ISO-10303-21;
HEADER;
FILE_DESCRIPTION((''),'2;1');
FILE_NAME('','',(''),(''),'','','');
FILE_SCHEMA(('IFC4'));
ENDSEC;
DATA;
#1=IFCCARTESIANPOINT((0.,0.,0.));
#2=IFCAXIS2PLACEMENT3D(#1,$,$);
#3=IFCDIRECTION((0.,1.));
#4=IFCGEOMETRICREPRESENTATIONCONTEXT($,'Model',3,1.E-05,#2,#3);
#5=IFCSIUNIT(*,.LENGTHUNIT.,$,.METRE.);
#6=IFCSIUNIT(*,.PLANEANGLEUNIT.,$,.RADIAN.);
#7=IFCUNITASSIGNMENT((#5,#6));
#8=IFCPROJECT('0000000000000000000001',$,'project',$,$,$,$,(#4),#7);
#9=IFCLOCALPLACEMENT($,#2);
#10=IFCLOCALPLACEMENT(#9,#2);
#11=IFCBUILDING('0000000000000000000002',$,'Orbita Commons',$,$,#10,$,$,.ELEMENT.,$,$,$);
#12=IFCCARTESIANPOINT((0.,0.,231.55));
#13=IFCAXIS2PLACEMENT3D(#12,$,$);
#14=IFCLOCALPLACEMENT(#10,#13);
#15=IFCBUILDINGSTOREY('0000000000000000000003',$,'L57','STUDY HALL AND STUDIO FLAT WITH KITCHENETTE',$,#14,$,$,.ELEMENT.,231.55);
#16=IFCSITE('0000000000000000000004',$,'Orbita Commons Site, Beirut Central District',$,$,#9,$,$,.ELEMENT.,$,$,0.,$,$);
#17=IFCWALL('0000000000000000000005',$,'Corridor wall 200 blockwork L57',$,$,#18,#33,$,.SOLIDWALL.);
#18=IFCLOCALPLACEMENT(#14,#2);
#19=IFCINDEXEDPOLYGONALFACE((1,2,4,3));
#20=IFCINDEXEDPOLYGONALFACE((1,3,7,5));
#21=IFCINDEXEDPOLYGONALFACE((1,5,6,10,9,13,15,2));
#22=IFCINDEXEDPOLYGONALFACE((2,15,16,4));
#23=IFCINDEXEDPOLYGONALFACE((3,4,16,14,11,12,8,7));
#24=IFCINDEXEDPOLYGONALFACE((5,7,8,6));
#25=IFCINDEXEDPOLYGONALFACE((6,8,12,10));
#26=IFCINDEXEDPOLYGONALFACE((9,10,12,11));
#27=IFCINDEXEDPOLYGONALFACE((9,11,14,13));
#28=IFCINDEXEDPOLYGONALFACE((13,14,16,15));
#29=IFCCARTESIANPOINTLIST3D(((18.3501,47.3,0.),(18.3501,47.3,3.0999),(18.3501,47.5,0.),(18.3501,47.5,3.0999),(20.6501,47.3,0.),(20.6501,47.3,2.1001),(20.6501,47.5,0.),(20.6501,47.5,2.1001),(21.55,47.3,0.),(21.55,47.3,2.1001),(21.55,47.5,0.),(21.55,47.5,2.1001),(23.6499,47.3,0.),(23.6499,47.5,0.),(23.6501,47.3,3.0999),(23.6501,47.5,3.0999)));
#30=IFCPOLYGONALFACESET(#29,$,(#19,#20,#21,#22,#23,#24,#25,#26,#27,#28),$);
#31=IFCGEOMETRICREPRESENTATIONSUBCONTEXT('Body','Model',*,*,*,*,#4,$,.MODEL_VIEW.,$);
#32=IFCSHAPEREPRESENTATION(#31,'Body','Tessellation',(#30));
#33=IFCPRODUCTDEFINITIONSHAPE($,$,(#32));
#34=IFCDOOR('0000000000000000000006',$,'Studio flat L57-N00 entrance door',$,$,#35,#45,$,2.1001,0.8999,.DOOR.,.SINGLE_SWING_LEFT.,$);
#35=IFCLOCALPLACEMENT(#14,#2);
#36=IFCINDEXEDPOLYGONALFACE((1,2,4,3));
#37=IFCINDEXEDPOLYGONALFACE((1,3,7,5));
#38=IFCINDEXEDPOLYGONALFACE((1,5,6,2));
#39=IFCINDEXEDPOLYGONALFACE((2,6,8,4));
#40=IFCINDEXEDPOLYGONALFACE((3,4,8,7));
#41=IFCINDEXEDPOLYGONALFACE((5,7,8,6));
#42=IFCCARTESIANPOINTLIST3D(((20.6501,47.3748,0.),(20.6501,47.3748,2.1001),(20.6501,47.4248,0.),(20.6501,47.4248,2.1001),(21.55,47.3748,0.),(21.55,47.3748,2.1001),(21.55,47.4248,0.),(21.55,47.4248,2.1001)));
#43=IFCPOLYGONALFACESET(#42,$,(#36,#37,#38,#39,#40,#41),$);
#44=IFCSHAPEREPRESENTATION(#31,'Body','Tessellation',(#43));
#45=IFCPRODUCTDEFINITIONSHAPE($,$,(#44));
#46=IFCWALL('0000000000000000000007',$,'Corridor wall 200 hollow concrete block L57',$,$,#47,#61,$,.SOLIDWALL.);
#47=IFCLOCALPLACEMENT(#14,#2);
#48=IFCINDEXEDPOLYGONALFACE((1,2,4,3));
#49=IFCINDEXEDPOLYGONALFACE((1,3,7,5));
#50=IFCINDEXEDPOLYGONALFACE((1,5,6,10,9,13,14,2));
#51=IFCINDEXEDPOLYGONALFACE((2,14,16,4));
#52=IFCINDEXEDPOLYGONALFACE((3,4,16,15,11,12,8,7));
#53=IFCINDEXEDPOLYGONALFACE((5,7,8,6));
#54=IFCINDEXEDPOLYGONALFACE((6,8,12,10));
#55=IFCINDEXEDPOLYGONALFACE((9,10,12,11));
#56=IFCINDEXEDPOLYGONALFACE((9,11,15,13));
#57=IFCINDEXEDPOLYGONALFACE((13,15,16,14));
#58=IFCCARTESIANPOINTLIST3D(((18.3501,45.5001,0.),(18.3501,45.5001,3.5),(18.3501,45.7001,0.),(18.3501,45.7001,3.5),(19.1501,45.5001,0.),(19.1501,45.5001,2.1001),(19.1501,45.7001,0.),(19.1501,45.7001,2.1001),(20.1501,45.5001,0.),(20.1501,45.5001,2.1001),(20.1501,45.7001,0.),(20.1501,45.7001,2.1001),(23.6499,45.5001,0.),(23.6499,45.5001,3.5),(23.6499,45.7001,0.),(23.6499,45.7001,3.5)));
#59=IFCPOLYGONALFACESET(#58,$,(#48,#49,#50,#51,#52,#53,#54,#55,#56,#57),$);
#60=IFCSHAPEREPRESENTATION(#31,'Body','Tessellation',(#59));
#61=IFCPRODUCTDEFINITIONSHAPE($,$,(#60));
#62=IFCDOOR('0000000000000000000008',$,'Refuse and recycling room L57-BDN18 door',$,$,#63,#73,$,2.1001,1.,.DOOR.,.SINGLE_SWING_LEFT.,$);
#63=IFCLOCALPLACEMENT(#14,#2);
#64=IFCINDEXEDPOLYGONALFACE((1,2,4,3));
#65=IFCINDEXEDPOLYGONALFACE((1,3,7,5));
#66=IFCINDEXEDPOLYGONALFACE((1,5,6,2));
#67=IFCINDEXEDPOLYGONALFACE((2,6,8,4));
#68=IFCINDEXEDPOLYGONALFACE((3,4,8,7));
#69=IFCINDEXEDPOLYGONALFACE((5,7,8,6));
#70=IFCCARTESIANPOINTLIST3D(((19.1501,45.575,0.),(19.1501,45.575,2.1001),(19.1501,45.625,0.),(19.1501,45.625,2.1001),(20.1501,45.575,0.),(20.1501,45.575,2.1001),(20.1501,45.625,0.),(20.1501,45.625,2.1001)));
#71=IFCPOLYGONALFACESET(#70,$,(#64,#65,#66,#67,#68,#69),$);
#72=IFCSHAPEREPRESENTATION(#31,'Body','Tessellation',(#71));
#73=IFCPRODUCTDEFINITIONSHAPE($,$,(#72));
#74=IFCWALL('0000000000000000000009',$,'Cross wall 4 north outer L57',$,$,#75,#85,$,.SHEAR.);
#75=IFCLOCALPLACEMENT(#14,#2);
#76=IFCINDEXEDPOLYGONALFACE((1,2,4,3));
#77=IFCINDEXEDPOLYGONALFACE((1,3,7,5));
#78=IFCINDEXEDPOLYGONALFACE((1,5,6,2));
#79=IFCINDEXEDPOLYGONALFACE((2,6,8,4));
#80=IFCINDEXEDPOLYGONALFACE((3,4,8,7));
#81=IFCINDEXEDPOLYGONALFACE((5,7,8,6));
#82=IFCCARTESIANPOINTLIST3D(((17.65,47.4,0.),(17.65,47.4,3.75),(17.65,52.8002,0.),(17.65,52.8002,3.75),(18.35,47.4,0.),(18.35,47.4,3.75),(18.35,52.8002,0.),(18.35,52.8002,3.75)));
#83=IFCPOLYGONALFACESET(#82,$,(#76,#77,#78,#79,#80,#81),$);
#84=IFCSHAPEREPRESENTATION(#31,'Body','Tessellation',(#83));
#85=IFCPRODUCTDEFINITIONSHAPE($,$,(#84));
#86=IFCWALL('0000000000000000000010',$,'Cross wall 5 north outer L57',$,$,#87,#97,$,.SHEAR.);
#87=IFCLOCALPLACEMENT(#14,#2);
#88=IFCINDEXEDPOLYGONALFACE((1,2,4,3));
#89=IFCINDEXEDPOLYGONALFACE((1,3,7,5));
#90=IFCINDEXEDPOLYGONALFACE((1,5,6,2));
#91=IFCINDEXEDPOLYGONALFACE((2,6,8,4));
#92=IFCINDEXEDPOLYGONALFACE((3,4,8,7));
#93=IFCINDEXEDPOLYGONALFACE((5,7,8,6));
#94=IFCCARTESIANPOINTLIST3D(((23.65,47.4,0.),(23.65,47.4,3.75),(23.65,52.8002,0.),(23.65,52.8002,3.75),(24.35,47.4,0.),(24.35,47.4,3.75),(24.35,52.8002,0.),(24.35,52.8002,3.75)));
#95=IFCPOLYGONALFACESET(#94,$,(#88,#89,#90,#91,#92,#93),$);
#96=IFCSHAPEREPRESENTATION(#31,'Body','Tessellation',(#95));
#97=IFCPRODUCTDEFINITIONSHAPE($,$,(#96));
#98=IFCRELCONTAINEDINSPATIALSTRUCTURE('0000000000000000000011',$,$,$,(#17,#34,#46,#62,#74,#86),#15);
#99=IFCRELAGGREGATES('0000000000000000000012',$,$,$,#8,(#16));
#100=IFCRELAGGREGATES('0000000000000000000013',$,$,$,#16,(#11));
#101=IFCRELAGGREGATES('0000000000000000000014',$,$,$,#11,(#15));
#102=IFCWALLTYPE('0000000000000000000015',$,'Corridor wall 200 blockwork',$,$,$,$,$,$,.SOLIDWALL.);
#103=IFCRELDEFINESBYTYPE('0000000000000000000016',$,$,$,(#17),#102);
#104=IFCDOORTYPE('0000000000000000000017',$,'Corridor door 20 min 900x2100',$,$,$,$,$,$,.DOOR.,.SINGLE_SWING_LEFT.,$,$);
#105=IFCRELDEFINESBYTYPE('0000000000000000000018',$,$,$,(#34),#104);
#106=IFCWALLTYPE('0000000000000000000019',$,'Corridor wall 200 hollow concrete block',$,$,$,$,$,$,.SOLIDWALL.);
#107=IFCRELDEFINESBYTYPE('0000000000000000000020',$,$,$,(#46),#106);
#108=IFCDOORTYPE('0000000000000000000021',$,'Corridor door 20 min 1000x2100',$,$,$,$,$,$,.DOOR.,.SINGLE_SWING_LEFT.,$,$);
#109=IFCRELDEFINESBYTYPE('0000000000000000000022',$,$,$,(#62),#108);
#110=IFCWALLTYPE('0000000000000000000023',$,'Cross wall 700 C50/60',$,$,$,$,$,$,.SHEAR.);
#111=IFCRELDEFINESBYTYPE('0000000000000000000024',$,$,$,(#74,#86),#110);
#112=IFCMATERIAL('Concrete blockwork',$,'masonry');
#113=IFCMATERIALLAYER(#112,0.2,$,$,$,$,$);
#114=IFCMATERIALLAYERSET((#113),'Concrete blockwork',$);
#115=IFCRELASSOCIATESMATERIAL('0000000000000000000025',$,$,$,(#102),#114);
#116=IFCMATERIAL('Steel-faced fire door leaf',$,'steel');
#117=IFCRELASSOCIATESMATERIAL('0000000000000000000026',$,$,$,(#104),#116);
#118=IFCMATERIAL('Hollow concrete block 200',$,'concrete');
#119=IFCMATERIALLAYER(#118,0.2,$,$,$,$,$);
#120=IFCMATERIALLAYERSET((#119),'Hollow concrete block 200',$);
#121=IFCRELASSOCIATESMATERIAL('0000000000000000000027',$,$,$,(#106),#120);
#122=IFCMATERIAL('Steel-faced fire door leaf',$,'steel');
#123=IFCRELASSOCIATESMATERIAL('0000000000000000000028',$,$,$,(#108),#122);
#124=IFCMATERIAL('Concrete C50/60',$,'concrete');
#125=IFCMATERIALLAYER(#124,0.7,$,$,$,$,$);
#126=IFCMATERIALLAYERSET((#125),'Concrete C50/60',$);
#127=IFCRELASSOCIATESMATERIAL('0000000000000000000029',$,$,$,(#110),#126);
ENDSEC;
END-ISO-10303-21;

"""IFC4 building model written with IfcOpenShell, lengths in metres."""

from ifc_helpers import new_model, si_unit, direction, frame, frame_2d, origin, place, context, subcontext, project, spatial, polyline, rectangle, outline, extrude, material, layer, layer_set, type_object, element, fill, save


model = new_model("IFC4")

# Units and contexts
model_context = context("Model", 3, precision=1e-05, world=origin(), true_north=direction((0.0, 1.0)))
body_context = subcontext(model_context, "Body", "Model", "MODEL_VIEW")
ifc_project = project(units=[si_unit("LENGTHUNIT", "METRE"), si_unit("PLANEANGLEUNIT", "RADIAN")], contexts=[model_context])

# Site, building, storey
site_placement = place(None, origin())
site = spatial("IfcSite", under=ifc_project, at=site_placement, Name="Orbita Commons Site, Beirut Central District", CompositionType="ELEMENT", RefElevation=0.0)
building_placement = place(site_placement, origin())
building = spatial("IfcBuilding", under=site, at=building_placement, Name="Orbita Commons", CompositionType="ELEMENT")
storey_placement = place(building_placement, frame((0.0, 0.0, 231.55)))
storey = spatial("IfcBuildingStorey", under=building, at=storey_placement, Name="L57", Description="STUDY HALL AND STUDIO FLAT WITH KITCHENETTE", CompositionType="ELEMENT", Elevation=231.55)

# Walls, openings, doors
ifc_material_1 = material(Name="Concrete blockwork", Category="masonry")
ifc_layer_1 = layer(ifc_material_1, 0.2)
ifc_layer_set_1 = layer_set([ifc_layer_1], Name="Concrete blockwork")
wall_type_1 = type_object("IfcWallType", Name="Corridor wall 200 blockwork", PredefinedType="SOLIDWALL", material=ifc_layer_set_1)
wall_1_placement = place(storey_placement, frame((18.3501, 47.3999, 0.0), z_axis=(0.0, 0.0, 1.0), x_axis=(1.0, 0.0, 0.0)))
wall_1 = element("IfcWall", 1, at=wall_1_placement, inside=storey, type_object=wall_type_1, Name="Corridor wall 200 blockwork L57", PredefinedType="SOLIDWALL", context=body_context, shape_type="SweptSolid", body=[
    extrude(outline(polyline([(0.0, 0.0), (5.2998, 0.0), (5.3, 3.0999), (0.0, 3.0999), (0.0, 0.0)])), frame((0.0, 0.1001, 0.0), z_axis=(0.0, -1.0, 0.0), x_axis=(1.0, 0.0, 0.0)), (0.0, 0.0, 1.0), 0.2),
])
opening_1_placement = place(wall_1_placement, frame((2.3, 0.0, 0.0)))
opening_1 = element("IfcOpeningElement", 2, at=opening_1_placement, cuts=wall_1, PredefinedType="OPENING", context=body_context, shape_type="SweptSolid", body=[
    extrude(rectangle(XDim=0.8999, YDim=2.1001, at=frame_2d((0.45, 1.05))), frame((0.0, 0.1099, 0.0), z_axis=(0.0, -1.0, 0.0), x_axis=(1.0, 0.0, 0.0)), (0.0, 0.0, 1.0), 0.22),
])
ifc_material_2 = material(Name="Steel-faced fire door leaf", Category="steel")
door_type_1 = type_object("IfcDoorType", Name="Corridor door 20 min 900x2100", OperationType="SINGLE_SWING_LEFT", PredefinedType="DOOR", material=ifc_material_2)
door_1_placement = place(opening_1_placement, origin())
door_1 = element("IfcDoor", 3, at=door_1_placement, inside=storey, type_object=door_type_1, Name="Studio flat L57-N00 entrance door", OperationType="SINGLE_SWING_LEFT", OverallHeight=2.1001, OverallWidth=0.8999, PredefinedType="DOOR", context=body_context, shape_type="SweptSolid", body=[
    extrude(rectangle(XDim=0.8999, YDim=2.1001, at=frame_2d((0.45, 1.05))), frame((0.0, 0.0249, 0.0), z_axis=(0.0, -1.0, 0.0), x_axis=(1.0, 0.0, 0.0)), (0.0, 0.0, 1.0), 0.05),
])
fill(opening_1, door_1)
ifc_material_3 = material(Name="Hollow concrete block 200", Category="concrete")
ifc_layer_2 = layer(ifc_material_3, 0.2)
ifc_layer_set_2 = layer_set([ifc_layer_2], Name="Hollow concrete block 200")
wall_type_2 = type_object("IfcWallType", Name="Corridor wall 200 hollow concrete block", PredefinedType="SOLIDWALL", material=ifc_layer_set_2)
wall_2_placement = place(storey_placement, frame((18.3501, 45.6001, 0.0), z_axis=(0.0, 0.0, 1.0), x_axis=(1.0, 0.0, 0.0)))
wall_2 = element("IfcWall", 4, at=wall_2_placement, inside=storey, type_object=wall_type_2, Name="Corridor wall 200 hollow concrete block L57", PredefinedType="SOLIDWALL", context=body_context, shape_type="SweptSolid", body=[
    extrude(rectangle(XDim=5.2998, YDim=0.2, at=frame_2d((2.6499, 0.0))), origin(), (0.0, 0.0, 1.0), 3.5),
])
opening_2_placement = place(wall_2_placement, frame((0.8, 0.0, 0.0)))
opening_2 = element("IfcOpeningElement", 5, at=opening_2_placement, cuts=wall_2, PredefinedType="OPENING", context=body_context, shape_type="SweptSolid", body=[
    extrude(rectangle(XDim=1.0, YDim=2.1001, at=frame_2d((0.5, 1.05))), frame((0.0, 0.1099, 0.0), z_axis=(0.0, -1.0, 0.0), x_axis=(1.0, 0.0, 0.0)), (0.0, 0.0, 1.0), 0.22),
])
ifc_material_4 = material(Name="Steel-faced fire door leaf", Category="steel")
door_type_2 = type_object("IfcDoorType", Name="Corridor door 20 min 1000x2100", OperationType="SINGLE_SWING_LEFT", PredefinedType="DOOR", material=ifc_material_4)
door_2_placement = place(opening_2_placement, origin())
door_2 = element("IfcDoor", 6, at=door_2_placement, inside=storey, type_object=door_type_2, Name="Refuse and recycling room L57-BDN18 door", OperationType="SINGLE_SWING_LEFT", OverallHeight=2.1001, OverallWidth=1.0, PredefinedType="DOOR", context=body_context, shape_type="SweptSolid", body=[
    extrude(rectangle(XDim=1.0, YDim=2.1001, at=frame_2d((0.5, 1.05))), frame((0.0, 0.0249, 0.0), z_axis=(0.0, -1.0, 0.0), x_axis=(1.0, 0.0, 0.0)), (0.0, 0.0, 1.0), 0.05),
])
fill(opening_2, door_2)

# Walls
ifc_material_5 = material(Name="Concrete C50/60", Category="concrete")
ifc_layer_3 = layer(ifc_material_5, 0.7)
ifc_layer_set_3 = layer_set([ifc_layer_3], Name="Concrete C50/60")
wall_type_3 = type_object("IfcWallType", Name="Cross wall 700 C50/60", PredefinedType="SHEAR", material=ifc_layer_set_3)
for number, where, z_axis, x_axis, name in (
    (7, (18.0, 47.3999, 0.0), (0.0, 0.0, 1.0), (0.0, 1.0, 0.0), "Cross wall 4 north outer L57"),
    (8, (24.0, 47.3999, 0.0), (0.0, 0.0, 1.0), (0.0, 1.0, 0.0), "Cross wall 5 north outer L57"),
):
    element("IfcWall", number, at=place(storey_placement, frame(where, z_axis=z_axis, x_axis=x_axis)), inside=storey, type_object=wall_type_3, Name=name, PredefinedType="SHEAR", context=body_context, shape_type="SweptSolid", body=[
        extrude(rectangle(XDim=5.4001, YDim=0.7, at=frame_2d((2.7002, 0.0))), origin(), (0.0, 0.0, 1.0), 3.75),
    ])

save(model, "model.ifc")
